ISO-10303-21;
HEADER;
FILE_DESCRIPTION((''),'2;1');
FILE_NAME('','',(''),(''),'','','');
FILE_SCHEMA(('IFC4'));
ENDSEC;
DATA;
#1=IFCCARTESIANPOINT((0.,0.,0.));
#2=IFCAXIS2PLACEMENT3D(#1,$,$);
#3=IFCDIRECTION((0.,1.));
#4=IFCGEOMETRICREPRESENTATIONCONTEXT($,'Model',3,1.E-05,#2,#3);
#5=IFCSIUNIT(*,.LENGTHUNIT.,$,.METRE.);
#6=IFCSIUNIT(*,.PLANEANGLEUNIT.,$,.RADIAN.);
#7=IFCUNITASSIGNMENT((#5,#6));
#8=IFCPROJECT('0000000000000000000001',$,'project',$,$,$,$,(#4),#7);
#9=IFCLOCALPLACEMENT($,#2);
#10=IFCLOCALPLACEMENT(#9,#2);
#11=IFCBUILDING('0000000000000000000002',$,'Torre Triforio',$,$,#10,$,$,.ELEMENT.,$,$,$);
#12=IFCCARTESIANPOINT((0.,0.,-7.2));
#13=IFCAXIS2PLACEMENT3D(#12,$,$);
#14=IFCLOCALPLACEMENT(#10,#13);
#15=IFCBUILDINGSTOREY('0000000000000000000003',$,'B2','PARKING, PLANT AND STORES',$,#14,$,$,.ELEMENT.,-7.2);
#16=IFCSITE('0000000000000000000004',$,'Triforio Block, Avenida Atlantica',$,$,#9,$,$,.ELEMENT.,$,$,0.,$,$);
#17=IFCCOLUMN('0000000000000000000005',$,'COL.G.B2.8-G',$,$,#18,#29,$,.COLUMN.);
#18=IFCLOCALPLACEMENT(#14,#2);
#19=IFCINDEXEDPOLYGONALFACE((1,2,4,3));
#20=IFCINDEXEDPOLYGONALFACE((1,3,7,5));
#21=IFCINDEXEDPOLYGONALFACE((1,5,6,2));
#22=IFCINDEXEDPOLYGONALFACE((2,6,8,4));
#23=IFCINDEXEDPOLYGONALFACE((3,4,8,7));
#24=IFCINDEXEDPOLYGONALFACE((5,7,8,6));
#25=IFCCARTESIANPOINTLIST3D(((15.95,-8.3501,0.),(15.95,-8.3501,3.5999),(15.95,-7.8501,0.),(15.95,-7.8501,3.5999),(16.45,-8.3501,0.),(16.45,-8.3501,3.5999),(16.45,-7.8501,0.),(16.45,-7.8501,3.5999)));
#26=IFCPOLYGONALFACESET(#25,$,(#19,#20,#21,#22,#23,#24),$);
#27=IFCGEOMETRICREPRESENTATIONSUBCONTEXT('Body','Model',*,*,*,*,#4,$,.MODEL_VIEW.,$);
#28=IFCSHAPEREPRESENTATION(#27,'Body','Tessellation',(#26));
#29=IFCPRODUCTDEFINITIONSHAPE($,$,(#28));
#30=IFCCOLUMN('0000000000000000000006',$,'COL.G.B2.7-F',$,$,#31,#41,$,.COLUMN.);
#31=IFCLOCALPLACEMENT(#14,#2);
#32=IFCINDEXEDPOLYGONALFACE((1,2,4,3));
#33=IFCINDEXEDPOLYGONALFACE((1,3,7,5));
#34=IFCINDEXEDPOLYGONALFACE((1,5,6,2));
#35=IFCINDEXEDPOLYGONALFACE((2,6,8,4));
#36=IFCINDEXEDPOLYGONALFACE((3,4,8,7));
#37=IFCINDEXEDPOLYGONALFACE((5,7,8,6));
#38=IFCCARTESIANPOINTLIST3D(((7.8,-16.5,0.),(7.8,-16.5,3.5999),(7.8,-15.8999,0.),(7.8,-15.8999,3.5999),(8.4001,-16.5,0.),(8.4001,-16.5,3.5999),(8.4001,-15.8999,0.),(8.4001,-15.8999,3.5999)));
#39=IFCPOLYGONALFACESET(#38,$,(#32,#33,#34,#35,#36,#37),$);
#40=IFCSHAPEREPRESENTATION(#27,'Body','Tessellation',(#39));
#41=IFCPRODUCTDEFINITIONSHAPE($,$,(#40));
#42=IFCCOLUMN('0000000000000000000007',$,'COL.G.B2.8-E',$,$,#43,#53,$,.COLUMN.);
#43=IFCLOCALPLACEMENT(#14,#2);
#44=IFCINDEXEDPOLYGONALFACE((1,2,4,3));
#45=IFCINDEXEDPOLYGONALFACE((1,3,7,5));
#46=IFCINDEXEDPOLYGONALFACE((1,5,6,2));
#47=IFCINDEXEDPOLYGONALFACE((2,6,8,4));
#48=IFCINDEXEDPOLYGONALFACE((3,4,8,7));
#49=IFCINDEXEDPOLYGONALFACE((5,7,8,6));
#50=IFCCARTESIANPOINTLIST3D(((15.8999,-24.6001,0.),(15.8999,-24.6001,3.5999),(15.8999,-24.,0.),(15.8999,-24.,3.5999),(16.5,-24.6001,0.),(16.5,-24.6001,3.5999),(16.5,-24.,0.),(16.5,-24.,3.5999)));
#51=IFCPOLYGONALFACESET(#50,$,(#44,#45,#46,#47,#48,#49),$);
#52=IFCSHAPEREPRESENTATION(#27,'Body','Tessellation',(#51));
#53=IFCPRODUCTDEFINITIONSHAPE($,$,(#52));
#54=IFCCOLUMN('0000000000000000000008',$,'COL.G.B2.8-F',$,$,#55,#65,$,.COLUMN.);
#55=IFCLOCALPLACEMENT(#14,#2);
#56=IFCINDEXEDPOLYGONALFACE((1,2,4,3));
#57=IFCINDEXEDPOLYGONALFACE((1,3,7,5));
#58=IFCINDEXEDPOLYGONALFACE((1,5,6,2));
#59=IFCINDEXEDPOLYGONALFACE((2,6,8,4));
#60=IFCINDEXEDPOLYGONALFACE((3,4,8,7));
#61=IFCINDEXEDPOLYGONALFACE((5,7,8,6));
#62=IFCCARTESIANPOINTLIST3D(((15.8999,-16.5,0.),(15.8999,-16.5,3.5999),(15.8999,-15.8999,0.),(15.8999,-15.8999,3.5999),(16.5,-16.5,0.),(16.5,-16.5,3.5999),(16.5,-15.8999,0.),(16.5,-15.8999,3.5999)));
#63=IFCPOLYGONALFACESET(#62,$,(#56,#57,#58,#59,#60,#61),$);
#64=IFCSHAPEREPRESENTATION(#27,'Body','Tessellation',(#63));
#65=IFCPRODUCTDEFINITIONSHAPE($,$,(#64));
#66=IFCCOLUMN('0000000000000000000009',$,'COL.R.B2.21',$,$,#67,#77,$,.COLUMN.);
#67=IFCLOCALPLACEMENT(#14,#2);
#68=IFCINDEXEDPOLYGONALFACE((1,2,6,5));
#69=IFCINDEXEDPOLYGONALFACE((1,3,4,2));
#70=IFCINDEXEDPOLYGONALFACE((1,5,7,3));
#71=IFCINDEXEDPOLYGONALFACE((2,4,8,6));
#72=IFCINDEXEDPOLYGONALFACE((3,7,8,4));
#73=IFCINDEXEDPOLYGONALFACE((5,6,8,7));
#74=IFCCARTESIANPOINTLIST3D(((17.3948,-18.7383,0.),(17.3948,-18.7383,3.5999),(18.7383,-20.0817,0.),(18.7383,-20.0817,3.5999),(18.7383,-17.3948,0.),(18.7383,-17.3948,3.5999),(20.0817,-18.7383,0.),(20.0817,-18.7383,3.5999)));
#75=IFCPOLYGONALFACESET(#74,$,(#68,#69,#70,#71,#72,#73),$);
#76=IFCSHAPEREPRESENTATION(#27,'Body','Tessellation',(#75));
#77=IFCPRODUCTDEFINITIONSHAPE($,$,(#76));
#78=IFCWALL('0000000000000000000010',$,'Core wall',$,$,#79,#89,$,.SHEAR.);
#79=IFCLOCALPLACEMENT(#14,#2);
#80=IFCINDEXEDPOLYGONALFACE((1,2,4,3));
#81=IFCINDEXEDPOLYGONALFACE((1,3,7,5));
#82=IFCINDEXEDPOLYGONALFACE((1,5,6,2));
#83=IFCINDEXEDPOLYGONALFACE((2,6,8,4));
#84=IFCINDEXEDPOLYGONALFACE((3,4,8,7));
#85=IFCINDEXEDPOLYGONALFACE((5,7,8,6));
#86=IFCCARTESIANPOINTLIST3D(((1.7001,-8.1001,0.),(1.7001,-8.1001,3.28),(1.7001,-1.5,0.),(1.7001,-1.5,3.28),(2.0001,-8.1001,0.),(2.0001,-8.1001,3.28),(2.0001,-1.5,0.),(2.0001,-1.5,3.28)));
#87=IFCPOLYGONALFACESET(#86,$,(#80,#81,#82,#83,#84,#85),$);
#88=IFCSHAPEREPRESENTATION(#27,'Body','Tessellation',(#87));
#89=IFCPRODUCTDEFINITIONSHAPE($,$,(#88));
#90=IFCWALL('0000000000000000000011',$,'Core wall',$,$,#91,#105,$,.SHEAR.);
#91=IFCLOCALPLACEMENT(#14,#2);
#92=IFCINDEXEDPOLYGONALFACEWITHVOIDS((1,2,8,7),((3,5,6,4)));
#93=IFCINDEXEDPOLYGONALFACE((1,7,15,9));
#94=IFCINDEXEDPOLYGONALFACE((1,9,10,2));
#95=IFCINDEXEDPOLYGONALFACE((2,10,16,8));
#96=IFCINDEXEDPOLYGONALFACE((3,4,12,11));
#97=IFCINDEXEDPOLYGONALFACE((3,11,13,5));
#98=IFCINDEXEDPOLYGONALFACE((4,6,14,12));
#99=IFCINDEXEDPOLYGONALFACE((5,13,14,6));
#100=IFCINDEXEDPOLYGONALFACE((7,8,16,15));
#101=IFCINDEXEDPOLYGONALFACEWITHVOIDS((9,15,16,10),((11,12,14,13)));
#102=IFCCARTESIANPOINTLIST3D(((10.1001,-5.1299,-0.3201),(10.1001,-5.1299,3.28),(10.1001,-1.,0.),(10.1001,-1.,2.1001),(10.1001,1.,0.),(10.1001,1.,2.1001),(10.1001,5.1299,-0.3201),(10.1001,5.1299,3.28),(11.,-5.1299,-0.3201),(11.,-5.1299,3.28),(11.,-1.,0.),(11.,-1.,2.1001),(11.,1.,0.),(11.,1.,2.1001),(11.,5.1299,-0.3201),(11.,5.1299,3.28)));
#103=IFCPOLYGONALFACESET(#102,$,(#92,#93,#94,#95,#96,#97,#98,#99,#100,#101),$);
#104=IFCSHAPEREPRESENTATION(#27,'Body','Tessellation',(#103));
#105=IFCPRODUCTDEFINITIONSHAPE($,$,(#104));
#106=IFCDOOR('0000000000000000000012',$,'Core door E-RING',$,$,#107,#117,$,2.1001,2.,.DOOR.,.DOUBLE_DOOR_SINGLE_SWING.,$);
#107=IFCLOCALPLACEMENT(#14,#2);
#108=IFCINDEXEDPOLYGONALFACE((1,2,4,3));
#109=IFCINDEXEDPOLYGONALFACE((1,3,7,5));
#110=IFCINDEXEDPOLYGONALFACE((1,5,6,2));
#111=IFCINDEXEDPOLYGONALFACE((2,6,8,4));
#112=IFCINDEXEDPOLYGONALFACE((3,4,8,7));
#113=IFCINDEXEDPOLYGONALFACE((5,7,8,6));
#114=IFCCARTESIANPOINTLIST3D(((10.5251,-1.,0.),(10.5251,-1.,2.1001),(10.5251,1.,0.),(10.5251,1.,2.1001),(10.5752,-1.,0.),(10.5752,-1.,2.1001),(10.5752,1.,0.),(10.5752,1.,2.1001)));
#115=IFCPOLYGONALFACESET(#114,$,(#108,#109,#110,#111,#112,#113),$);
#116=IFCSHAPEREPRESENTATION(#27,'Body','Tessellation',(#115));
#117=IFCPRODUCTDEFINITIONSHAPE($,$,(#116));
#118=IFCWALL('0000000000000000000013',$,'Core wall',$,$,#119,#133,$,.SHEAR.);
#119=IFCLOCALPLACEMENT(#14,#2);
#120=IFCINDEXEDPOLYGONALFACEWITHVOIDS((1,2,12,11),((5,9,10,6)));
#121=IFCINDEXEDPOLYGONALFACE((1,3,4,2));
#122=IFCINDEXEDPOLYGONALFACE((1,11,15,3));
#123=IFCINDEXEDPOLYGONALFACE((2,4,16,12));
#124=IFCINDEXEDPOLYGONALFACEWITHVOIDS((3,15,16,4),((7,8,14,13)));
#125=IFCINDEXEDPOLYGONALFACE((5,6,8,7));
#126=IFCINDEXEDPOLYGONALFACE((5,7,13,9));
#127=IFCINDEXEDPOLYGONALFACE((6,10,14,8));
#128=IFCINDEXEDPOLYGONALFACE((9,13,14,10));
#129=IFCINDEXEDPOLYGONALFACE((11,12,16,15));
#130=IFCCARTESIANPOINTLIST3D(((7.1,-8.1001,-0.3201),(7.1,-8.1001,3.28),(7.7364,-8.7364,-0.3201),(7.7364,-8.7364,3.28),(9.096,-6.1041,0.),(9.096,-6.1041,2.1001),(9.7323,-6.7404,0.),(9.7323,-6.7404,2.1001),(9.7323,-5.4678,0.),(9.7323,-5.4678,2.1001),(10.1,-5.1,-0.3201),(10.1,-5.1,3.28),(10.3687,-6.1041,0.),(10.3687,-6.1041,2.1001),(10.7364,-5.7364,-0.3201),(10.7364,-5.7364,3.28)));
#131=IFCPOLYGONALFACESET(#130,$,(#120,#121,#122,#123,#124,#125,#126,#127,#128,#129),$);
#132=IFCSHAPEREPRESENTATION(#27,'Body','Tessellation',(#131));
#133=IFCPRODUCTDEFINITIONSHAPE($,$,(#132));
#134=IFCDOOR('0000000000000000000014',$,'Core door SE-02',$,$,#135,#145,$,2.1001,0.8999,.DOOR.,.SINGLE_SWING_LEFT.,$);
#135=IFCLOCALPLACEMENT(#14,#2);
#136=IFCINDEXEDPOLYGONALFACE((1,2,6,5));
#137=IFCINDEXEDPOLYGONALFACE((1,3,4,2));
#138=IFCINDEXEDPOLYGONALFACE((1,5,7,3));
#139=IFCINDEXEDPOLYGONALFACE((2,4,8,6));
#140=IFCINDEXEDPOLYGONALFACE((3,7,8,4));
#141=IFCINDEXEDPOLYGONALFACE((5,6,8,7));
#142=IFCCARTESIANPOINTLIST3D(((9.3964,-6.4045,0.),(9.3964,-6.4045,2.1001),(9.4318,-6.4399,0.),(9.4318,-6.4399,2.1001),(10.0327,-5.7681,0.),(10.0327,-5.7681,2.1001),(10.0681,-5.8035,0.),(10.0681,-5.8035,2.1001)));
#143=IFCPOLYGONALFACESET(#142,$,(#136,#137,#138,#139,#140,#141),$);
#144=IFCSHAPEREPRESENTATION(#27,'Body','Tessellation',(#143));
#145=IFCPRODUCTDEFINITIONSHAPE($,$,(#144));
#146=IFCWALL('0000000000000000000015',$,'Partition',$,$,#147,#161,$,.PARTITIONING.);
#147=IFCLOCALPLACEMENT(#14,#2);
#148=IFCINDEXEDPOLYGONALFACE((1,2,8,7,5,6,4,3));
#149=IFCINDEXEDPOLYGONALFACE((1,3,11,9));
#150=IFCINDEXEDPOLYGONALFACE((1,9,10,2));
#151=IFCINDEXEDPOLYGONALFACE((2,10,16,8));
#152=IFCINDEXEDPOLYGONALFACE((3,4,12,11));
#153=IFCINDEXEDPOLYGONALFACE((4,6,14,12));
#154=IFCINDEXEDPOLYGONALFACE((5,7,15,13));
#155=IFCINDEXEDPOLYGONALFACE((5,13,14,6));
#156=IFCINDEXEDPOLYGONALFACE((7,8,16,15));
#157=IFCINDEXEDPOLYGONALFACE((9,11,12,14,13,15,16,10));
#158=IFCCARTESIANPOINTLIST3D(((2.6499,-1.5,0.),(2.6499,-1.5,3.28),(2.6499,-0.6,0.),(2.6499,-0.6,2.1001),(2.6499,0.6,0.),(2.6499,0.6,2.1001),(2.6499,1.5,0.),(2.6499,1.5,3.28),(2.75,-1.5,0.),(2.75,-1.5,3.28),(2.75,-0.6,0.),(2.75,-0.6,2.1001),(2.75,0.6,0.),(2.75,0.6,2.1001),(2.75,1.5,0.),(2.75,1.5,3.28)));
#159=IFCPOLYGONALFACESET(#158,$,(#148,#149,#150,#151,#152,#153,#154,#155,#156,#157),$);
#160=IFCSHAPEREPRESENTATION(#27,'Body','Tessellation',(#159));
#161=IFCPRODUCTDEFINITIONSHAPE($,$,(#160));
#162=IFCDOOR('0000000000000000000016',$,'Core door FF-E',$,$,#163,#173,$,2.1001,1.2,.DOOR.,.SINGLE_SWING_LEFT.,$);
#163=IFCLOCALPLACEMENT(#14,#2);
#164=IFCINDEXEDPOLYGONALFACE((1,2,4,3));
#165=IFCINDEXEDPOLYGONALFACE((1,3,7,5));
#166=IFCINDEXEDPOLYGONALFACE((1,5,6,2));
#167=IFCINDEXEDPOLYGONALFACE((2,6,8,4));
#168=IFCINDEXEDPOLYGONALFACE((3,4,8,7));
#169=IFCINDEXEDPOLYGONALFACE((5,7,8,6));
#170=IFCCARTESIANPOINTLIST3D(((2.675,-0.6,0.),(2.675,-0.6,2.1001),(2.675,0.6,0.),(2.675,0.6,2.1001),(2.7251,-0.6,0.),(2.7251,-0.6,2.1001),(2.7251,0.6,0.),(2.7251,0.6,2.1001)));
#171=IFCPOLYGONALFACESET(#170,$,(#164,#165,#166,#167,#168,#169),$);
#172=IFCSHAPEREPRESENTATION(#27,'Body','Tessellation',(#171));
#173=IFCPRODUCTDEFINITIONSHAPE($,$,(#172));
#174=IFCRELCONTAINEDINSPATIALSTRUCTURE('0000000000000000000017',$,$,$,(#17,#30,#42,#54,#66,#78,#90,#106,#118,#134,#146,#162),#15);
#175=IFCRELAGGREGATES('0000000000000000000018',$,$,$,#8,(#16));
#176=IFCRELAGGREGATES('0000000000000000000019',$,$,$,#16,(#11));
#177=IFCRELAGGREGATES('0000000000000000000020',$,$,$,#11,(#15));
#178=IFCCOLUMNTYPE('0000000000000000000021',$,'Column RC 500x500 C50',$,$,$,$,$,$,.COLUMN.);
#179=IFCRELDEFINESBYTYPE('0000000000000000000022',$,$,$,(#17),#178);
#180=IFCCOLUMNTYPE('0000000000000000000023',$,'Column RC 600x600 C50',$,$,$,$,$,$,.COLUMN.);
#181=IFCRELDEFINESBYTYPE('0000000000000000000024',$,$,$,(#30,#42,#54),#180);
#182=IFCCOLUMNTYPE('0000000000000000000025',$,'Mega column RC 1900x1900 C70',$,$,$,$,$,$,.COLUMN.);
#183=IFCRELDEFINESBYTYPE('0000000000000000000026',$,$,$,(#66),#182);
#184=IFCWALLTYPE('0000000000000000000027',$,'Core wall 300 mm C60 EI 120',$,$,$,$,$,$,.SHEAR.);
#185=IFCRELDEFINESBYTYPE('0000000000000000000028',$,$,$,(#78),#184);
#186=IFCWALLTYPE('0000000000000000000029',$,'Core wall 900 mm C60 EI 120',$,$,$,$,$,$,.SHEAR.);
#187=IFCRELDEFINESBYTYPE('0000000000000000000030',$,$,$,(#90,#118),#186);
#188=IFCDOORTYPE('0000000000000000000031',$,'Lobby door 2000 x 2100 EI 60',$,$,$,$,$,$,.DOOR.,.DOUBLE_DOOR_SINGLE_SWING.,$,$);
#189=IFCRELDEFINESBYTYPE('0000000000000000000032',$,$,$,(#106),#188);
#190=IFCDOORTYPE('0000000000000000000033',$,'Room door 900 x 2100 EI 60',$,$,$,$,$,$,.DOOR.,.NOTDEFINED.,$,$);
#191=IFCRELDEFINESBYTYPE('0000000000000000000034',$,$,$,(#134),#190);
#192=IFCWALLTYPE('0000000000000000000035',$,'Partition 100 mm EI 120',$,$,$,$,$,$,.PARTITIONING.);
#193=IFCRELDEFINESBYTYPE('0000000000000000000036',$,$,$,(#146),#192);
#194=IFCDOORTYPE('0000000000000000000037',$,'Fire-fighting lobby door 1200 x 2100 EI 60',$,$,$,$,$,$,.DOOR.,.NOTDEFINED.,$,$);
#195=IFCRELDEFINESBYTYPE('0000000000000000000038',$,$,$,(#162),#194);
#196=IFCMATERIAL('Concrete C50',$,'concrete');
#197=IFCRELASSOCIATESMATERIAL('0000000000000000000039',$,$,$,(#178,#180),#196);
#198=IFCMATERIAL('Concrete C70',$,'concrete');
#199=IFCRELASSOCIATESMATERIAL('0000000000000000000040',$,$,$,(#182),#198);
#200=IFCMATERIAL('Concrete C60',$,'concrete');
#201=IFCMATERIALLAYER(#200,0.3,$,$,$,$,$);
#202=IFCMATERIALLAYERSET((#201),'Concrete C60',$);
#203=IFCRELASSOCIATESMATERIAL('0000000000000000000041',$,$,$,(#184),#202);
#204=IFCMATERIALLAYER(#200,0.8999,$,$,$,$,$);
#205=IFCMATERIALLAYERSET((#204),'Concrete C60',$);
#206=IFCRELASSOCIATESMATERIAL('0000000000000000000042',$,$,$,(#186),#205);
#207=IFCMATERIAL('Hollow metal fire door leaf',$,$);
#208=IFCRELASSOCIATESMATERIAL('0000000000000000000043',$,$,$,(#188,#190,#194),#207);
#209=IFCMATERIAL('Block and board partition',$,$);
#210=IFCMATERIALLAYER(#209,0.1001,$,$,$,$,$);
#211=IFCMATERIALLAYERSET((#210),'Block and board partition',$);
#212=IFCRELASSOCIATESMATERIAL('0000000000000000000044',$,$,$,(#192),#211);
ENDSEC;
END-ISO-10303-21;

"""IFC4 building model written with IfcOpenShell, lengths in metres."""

from ifc_helpers import new_model, si_unit, direction, frame, frame_2d, origin, origin_2d, place, context, subcontext, project, spatial, rectangle, extrude, material, layer, layer_set, material_profile, profile_set, type_object, element, fill, save


model = new_model("IFC4")

# Units and contexts
model_context = context("Model", 3, precision=1e-05, world=origin(), true_north=direction((0.0, 1.0)))
body_context = subcontext(model_context, "Body", "Model", "MODEL_VIEW")
ifc_project = project(units=[si_unit("LENGTHUNIT", "METRE"), si_unit("PLANEANGLEUNIT", "RADIAN")], contexts=[model_context])

# Site, building, storey
site_placement = place(None, origin())
site = spatial("IfcSite", under=ifc_project, at=site_placement, Name="Triforio Block, Avenida Atlantica", CompositionType="ELEMENT", RefElevation=0.0)
building_placement = place(site_placement, origin())
building = spatial("IfcBuilding", under=site, at=building_placement, Name="Torre Triforio", CompositionType="ELEMENT")
storey_placement = place(building_placement, frame((0.0, 0.0, -7.2)))
storey = spatial("IfcBuildingStorey", under=building, at=storey_placement, Name="B2", Description="PARKING, PLANT AND STORES", CompositionType="ELEMENT", Elevation=-7.2)

# Columns
ifc_material_1 = material(Name="Concrete C50", Category="concrete")
ifc_material_profile_1 = material_profile(ifc_material_1, rectangle(XDim=0.5, YDim=0.5, at=origin_2d()), Name="RC 500x500")
ifc_profile_set_1 = profile_set([ifc_material_profile_1], Name="Concrete C50")
column_type_1 = type_object("IfcColumnType", Name="Column RC 500x500 C50", PredefinedType="COLUMN", material=ifc_profile_set_1)
column_1_placement = place(storey_placement, frame((16.2, -8.1001, 0.0), z_axis=(0.0, 0.0, 1.0), x_axis=(1.0, 0.0, 0.0)))
element("IfcColumn", 1, at=column_1_placement, inside=storey, type_object=column_type_1, Name="COL.G.B2.8-G", PredefinedType="COLUMN", context=body_context, shape_type="SweptSolid", body=[
    extrude(rectangle(XDim=0.5, YDim=0.5, at=origin_2d()), origin(), (0.0, 0.0, 1.0), 3.5999),
])
ifc_material_profile_2 = material_profile(ifc_material_1, rectangle(XDim=0.6001, YDim=0.6001, at=origin_2d()), Name="RC 600x600")
ifc_profile_set_2 = profile_set([ifc_material_profile_2], Name="Concrete C50")
column_type_2 = type_object("IfcColumnType", Name="Column RC 600x600 C50", PredefinedType="COLUMN", material=ifc_profile_set_2)
for number, where, z_axis, x_axis, name in (
    (2, (8.1001, -16.2, 0.0), (0.0, 0.0, 1.0), (1.0, 0.0, 0.0), "COL.G.B2.7-F"),
    (3, (16.2, -24.3, 0.0), (0.0, 0.0, 1.0), (1.0, 0.0, 0.0), "COL.G.B2.8-E"),
    (4, (16.2, -16.2, 0.0), (0.0, 0.0, 1.0), (1.0, 0.0, 0.0), "COL.G.B2.8-F"),
):
    element("IfcColumn", number, at=place(storey_placement, frame(where, z_axis=z_axis, x_axis=x_axis)), inside=storey, type_object=column_type_2, Name=name, PredefinedType="COLUMN", context=body_context, shape_type="SweptSolid", body=[
        extrude(rectangle(XDim=0.6001, YDim=0.6001, at=origin_2d()), origin(), (0.0, 0.0, 1.0), 3.5999),
    ])
ifc_material_2 = material(Name="Concrete C70", Category="concrete")
ifc_material_profile_3 = material_profile(ifc_material_2, rectangle(XDim=1.8999, YDim=1.8999, at=origin_2d()), Name="RC 1900x1900")
ifc_profile_set_3 = profile_set([ifc_material_profile_3], Name="Concrete C70")
column_type_3 = type_object("IfcColumnType", Name="Mega column RC 1900x1900 C70", PredefinedType="COLUMN", material=ifc_profile_set_3)
column_2_placement = place(storey_placement, frame((18.7383, -18.7383, 0.0), z_axis=(0.0, 0.0, 1.0), x_axis=(0.707107, 0.707107, 0.0)))
element("IfcColumn", 5, at=column_2_placement, inside=storey, type_object=column_type_3, Name="COL.R.B2.21", PredefinedType="COLUMN", context=body_context, shape_type="SweptSolid", body=[
    extrude(rectangle(XDim=1.8999, YDim=1.8999, at=origin_2d()), origin(), (0.0, 0.0, 1.0), 3.5999),
])

# Wall
ifc_material_3 = material(Name="Concrete C60", Category="concrete")
ifc_layer_1 = layer(ifc_material_3, 0.3)
ifc_layer_set_1 = layer_set([ifc_layer_1], Name="Concrete C60")
wall_type_1 = type_object("IfcWallType", Name="Core wall 300 mm C60 EI 120", PredefinedType="SHEAR", material=ifc_layer_set_1)
wall_1_placement = place(storey_placement, frame((1.8501, -8.1001, 0.0), z_axis=(0.0, 0.0, 1.0), x_axis=(0.0, 1.0, 0.0)))
element("IfcWall", 6, at=wall_1_placement, inside=storey, type_object=wall_type_1, Name="Core wall", PredefinedType="SHEAR", context=body_context, shape_type="SweptSolid", body=[
    extrude(rectangle(XDim=6.6001, YDim=0.3, at=frame_2d((3.3, 0.0))), origin(), (0.0, 0.0, 1.0), 3.28),
])

# Walls, openings, doors
ifc_layer_2 = layer(ifc_material_3, 0.8999)
ifc_layer_set_2 = layer_set([ifc_layer_2], Name="Concrete C60")
wall_type_2 = type_object("IfcWallType", Name="Core wall 900 mm C60 EI 120", PredefinedType="SHEAR", material=ifc_layer_set_2)
wall_2_placement = place(storey_placement, frame((10.55, -5.1299, -0.3201), z_axis=(0.0, 0.0, 1.0), x_axis=(0.0, 1.0, 0.0)))
wall_2 = element("IfcWall", 7, at=wall_2_placement, inside=storey, type_object=wall_type_2, Name="Core wall", PredefinedType="SHEAR", context=body_context, shape_type="SweptSolid", body=[
    extrude(rectangle(XDim=10.2598, YDim=0.8999, at=frame_2d((5.1299, 0.0))), origin(), (0.0, 0.0, 1.0), 3.6001),
])
opening_1_placement = place(wall_2_placement, frame((4.1299, 0.0, 0.3201)))
opening_1 = element("IfcOpeningElement", 8, at=opening_1_placement, cuts=wall_2, PredefinedType="OPENING", context=body_context, shape_type="SweptSolid", body=[
    extrude(rectangle(XDim=2.0, YDim=2.1001, at=frame_2d((1.0, 1.05))), frame((0.0, 0.46, 0.0), z_axis=(0.0, -1.0, 0.0), x_axis=(1.0, 0.0, 0.0)), (0.0, 0.0, 1.0), 0.9199),
])
ifc_material_4 = material(Name="Hollow metal fire door leaf")
door_type_1 = type_object("IfcDoorType", Name="Lobby door 2000 x 2100 EI 60", OperationType="DOUBLE_DOOR_SINGLE_SWING", PredefinedType="DOOR", material=ifc_material_4)
door_1_placement = place(opening_1_placement, origin())
door_1 = element("IfcDoor", 9, at=door_1_placement, inside=storey, type_object=door_type_1, Name="Core door E-RING", OperationType="DOUBLE_DOOR_SINGLE_SWING", OverallHeight=2.1001, OverallWidth=2.0, PredefinedType="DOOR", context=body_context, shape_type="SweptSolid", body=[
    extrude(rectangle(XDim=2.0, YDim=2.1001, at=frame_2d((1.0, 1.05))), frame((0.0, 0.0249, 0.0), z_axis=(0.0, -1.0, 0.0), x_axis=(1.0, 0.0, 0.0)), (0.0, 0.0, 1.0), 0.05),
])
fill(opening_1, door_1)
wall_3_placement = place(storey_placement, frame((10.4182, -5.4182, -0.3201), z_axis=(0.0, 0.0, 1.0), x_axis=(-0.707107, -0.707107, 0.0)))
wall_3 = element("IfcWall", 10, at=wall_3_placement, inside=storey, type_object=wall_type_2, Name="Core wall", PredefinedType="SHEAR", context=body_context, shape_type="SweptSolid", body=[
    extrude(rectangle(XDim=4.2427, YDim=0.8999, at=frame_2d((2.1213, 0.0))), origin(), (0.0, 0.0, 1.0), 3.6001),
])
opening_2_placement = place(wall_3_placement, frame((0.52, 0.0, 0.3201)))
opening_2 = element("IfcOpeningElement", 11, at=opening_2_placement, cuts=wall_3, PredefinedType="OPENING", context=body_context, shape_type="SweptSolid", body=[
    extrude(rectangle(XDim=0.8999, YDim=2.1001, at=frame_2d((0.45, 1.05))), frame((0.0, 0.46, 0.0), z_axis=(0.0, -1.0, 0.0), x_axis=(1.0, 0.0, 0.0)), (0.0, 0.0, 1.0), 0.9199),
])
door_type_2 = type_object("IfcDoorType", Name="Room door 900 x 2100 EI 60", OperationType="NOTDEFINED", PredefinedType="DOOR", material=ifc_material_4)
door_2_placement = place(opening_2_placement, origin())
door_2 = element("IfcDoor", 12, at=door_2_placement, inside=storey, type_object=door_type_2, Name="Core door SE-02", OperationType="SINGLE_SWING_LEFT", OverallHeight=2.1001, OverallWidth=0.8999, PredefinedType="DOOR", context=body_context, shape_type="SweptSolid", body=[
    extrude(rectangle(XDim=0.8999, YDim=2.1001, at=frame_2d((0.45, 1.05))), frame((0.0, 0.0249, 0.0), z_axis=(0.0, -1.0, 0.0), x_axis=(1.0, 0.0, 0.0)), (0.0, 0.0, 1.0), 0.05),
])
fill(opening_2, door_2)
ifc_material_5 = material(Name="Block and board partition")
ifc_layer_3 = layer(ifc_material_5, 0.1001)
ifc_layer_set_3 = layer_set([ifc_layer_3], Name="Block and board partition")
wall_type_3 = type_object("IfcWallType", Name="Partition 100 mm EI 120", PredefinedType="PARTITIONING", material=ifc_layer_set_3)
wall_4_placement = place(storey_placement, frame((2.7, -1.5, 0.0), z_axis=(0.0, 0.0, 1.0), x_axis=(0.0, 1.0, 0.0)))
wall_4 = element("IfcWall", 13, at=wall_4_placement, inside=storey, type_object=wall_type_3, Name="Partition", PredefinedType="PARTITIONING", context=body_context, shape_type="SweptSolid", body=[
    extrude(rectangle(XDim=3.0, YDim=0.1001, at=frame_2d((1.5, 0.0))), origin(), (0.0, 0.0, 1.0), 3.28),
])
opening_3_placement = place(wall_4_placement, frame((0.8999, 0.0, 0.0)))
opening_3 = element("IfcOpeningElement", 14, at=opening_3_placement, cuts=wall_4, PredefinedType="OPENING", context=body_context, shape_type="SweptSolid", body=[
    extrude(rectangle(XDim=1.2, YDim=2.1001, at=frame_2d((0.6001, 1.05))), frame((0.0, 0.0601, 0.0), z_axis=(0.0, -1.0, 0.0), x_axis=(1.0, 0.0, 0.0)), (0.0, 0.0, 1.0), 0.1201),
])
door_type_3 = type_object("IfcDoorType", Name="Fire-fighting lobby door 1200 x 2100 EI 60", OperationType="NOTDEFINED", PredefinedType="DOOR", material=ifc_material_4)
door_3_placement = place(opening_3_placement, origin())
door_3 = element("IfcDoor", 15, at=door_3_placement, inside=storey, type_object=door_type_3, Name="Core door FF-E", OperationType="SINGLE_SWING_LEFT", OverallHeight=2.1001, OverallWidth=1.2, PredefinedType="DOOR", context=body_context, shape_type="SweptSolid", body=[
    extrude(rectangle(XDim=1.2, YDim=2.1001, at=frame_2d((0.6001, 1.05))), frame((0.0, 0.0249, 0.0), z_axis=(0.0, -1.0, 0.0), x_axis=(1.0, 0.0, 0.0)), (0.0, 0.0, 1.0), 0.05),
])
fill(opening_3, door_3)

save(model, "model.ifc")
